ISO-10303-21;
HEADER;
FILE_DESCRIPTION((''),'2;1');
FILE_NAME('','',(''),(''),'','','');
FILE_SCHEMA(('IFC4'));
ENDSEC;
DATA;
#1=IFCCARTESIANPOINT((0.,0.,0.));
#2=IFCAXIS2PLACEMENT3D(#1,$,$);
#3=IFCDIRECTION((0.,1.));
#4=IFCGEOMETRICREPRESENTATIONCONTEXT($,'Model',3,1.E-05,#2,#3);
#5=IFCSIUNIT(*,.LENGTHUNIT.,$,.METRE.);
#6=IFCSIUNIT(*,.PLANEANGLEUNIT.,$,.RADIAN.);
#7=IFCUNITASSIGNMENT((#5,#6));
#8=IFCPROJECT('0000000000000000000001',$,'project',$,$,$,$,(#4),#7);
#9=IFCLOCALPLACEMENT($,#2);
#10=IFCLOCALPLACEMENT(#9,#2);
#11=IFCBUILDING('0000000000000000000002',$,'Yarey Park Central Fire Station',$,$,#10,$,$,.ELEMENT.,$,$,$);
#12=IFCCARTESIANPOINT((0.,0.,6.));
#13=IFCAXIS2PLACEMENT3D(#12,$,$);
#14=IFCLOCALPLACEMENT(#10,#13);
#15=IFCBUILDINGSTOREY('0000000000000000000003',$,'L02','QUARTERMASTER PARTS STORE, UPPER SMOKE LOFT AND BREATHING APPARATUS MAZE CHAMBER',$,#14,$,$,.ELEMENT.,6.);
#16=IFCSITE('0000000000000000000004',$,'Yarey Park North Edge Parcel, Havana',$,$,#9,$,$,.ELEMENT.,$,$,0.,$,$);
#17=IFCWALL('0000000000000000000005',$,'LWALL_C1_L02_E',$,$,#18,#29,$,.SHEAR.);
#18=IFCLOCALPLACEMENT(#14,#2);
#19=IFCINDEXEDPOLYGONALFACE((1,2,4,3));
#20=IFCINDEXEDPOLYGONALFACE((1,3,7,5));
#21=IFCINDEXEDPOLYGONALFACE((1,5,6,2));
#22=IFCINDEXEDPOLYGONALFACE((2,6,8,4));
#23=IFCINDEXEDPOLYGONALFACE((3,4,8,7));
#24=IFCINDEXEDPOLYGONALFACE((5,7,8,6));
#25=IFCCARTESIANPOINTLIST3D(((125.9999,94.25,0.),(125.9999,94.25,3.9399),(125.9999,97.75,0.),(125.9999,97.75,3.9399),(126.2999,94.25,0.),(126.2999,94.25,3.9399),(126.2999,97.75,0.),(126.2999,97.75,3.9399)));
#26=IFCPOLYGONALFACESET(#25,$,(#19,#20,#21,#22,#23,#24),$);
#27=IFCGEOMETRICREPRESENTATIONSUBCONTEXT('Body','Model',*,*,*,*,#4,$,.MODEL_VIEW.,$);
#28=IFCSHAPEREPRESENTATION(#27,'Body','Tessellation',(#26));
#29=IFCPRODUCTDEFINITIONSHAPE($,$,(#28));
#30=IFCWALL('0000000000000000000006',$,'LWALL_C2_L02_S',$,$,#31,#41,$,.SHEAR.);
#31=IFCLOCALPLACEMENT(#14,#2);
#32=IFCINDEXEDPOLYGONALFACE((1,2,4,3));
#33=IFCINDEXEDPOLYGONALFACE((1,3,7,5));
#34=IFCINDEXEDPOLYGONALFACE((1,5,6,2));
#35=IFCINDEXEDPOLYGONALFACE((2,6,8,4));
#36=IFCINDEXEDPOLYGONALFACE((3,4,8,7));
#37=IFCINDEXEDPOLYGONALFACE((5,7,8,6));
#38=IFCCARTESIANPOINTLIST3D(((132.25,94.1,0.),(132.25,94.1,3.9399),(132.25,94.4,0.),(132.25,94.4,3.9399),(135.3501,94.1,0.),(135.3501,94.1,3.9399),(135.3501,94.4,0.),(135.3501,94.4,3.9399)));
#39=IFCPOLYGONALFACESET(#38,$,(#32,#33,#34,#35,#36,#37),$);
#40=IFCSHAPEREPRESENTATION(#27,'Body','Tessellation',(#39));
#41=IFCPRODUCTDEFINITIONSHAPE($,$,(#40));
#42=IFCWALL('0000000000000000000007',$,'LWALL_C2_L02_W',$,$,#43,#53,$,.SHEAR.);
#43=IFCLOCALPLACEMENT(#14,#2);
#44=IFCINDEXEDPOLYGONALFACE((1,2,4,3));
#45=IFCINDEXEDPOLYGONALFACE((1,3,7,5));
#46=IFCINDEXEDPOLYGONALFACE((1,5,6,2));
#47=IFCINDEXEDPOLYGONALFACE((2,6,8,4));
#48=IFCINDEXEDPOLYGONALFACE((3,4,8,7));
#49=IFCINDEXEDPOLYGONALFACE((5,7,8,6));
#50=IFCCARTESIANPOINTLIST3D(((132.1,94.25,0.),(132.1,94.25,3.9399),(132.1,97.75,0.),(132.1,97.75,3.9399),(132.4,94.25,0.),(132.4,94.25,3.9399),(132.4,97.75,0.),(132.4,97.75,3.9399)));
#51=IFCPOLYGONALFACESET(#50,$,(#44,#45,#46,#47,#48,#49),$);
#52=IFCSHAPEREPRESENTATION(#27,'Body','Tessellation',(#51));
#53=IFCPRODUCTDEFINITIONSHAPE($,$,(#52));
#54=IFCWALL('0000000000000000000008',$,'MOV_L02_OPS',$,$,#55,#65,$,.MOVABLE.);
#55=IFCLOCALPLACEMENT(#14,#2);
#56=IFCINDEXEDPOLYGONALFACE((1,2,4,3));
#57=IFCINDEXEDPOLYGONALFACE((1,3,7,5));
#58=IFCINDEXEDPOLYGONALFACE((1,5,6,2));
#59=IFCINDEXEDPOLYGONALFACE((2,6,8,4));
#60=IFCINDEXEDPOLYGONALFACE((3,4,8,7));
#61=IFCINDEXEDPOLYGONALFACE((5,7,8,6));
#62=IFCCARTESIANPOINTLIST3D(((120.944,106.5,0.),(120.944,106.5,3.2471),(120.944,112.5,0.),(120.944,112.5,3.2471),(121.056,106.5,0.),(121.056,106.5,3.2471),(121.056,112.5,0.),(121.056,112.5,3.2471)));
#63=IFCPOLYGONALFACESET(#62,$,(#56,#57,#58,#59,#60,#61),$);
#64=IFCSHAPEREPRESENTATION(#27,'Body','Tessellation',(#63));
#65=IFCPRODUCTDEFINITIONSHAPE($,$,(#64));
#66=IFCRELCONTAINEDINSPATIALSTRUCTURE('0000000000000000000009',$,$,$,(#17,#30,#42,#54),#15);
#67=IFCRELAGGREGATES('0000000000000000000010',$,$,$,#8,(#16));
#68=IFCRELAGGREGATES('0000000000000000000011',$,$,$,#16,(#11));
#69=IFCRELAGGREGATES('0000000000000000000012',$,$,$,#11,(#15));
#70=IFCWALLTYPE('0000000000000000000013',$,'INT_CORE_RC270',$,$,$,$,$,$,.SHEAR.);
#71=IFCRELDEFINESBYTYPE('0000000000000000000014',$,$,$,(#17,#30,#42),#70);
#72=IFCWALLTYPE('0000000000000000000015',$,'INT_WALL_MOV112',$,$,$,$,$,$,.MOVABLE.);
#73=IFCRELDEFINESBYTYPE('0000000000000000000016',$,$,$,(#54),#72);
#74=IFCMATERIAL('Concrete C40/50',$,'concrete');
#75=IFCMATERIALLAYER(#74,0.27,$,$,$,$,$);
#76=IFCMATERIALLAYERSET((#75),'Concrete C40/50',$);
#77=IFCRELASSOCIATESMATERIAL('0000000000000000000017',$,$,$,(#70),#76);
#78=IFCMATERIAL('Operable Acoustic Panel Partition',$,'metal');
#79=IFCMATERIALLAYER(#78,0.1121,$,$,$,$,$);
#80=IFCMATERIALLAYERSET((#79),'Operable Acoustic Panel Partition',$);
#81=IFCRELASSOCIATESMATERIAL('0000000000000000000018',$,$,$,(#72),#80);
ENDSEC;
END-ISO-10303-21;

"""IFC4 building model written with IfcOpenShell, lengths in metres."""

from ifc_helpers import new_model, si_unit, direction, frame, frame_2d, origin, place, context, subcontext, project, spatial, rectangle, extrude, material, layer, layer_set, type_object, element, save


model = new_model("IFC4")

# Units and contexts
model_context = context("Model", 3, precision=1e-05, world=origin(), true_north=direction((0.0, 1.0)))
body_context = subcontext(model_context, "Body", "Model", "MODEL_VIEW")
ifc_project = project(units=[si_unit("LENGTHUNIT", "METRE"), si_unit("PLANEANGLEUNIT", "RADIAN")], contexts=[model_context])

# Site, building, storey
site_placement = place(None, origin())
site = spatial("IfcSite", under=ifc_project, at=site_placement, Name="Yarey Park North Edge Parcel, Havana", CompositionType="ELEMENT", RefElevation=0.0)
building_placement = place(site_placement, origin())
building = spatial("IfcBuilding", under=site, at=building_placement, Name="Yarey Park Central Fire Station", CompositionType="ELEMENT")
storey_placement = place(building_placement, frame((0.0, 0.0, 6.0)))
storey = spatial("IfcBuildingStorey", under=building, at=storey_placement, Name="L02", Description="QUARTERMASTER PARTS STORE, UPPER SMOKE LOFT AND BREATHING APPARATUS MAZE CHAMBER", CompositionType="ELEMENT", Elevation=6.0)

# Shared definitions
ifc_material_1 = material(Name="Concrete C40/50", Category="concrete")

# Shared definitions
ifc_layer_1 = layer(ifc_material_1, 0.27)
ifc_layer_set_1 = layer_set([ifc_layer_1], Name="Concrete C40/50")
wall_type_1 = type_object("IfcWallType", Name="INT_CORE_RC270", PredefinedType="SHEAR", material=ifc_layer_set_1)

# Walls
for number, where, z_axis, x_axis, name in (
    (1, (126.1499, 94.25, 0.0), (0.0, 0.0, 1.0), (0.0, 1.0, 0.0), "LWALL_C1_L02_E"),
):
    element("IfcWall", number, at=place(storey_placement, frame(where, z_axis=z_axis, x_axis=x_axis)), inside=storey, type_object=wall_type_1, Name=name, PredefinedType="SHEAR", context=body_context, shape_type="SweptSolid", body=[
        extrude(rectangle(XDim=3.5, YDim=0.3, at=frame_2d((1.75, 0.0))), origin(), (0.0, 0.0, 1.0), 3.9399),
    ])
wall_1_placement = place(storey_placement, frame((132.25, 94.25, 0.0), z_axis=(0.0, 0.0, 1.0), x_axis=(1.0, 0.0, 0.0)))
element("IfcWall", 2, at=wall_1_placement, inside=storey, type_object=wall_type_1, Name="LWALL_C2_L02_S", PredefinedType="SHEAR", context=body_context, shape_type="SweptSolid", body=[
    extrude(rectangle(XDim=3.1001, YDim=0.3, at=frame_2d((1.55, 0.0))), origin(), (0.0, 0.0, 1.0), 3.9399),
])
wall_2_placement = place(storey_placement, frame((132.25, 97.75, 0.0), z_axis=(0.0, 0.0, 1.0), x_axis=(0.0, -1.0, 0.0)))
element("IfcWall", 3, at=wall_2_placement, inside=storey, type_object=wall_type_1, Name="LWALL_C2_L02_W", PredefinedType="SHEAR", context=body_context, shape_type="SweptSolid", body=[
    extrude(rectangle(XDim=3.5, YDim=0.3, at=frame_2d((1.75, 0.0))), origin(), (0.0, 0.0, 1.0), 3.9399),
])
ifc_material_2 = material(Name="Operable Acoustic Panel Partition", Category="metal")
ifc_layer_2 = layer(ifc_material_2, 0.1121)
ifc_layer_set_2 = layer_set([ifc_layer_2], Name="Operable Acoustic Panel Partition")
wall_type_2 = type_object("IfcWallType", Name="INT_WALL_MOV112", PredefinedType="MOVABLE", material=ifc_layer_set_2)
wall_3_placement = place(storey_placement, frame((121.0, 106.5, 0.0), z_axis=(0.0, 0.0, 1.0), x_axis=(0.0, 1.0, 0.0)))
element("IfcWall", 4, at=wall_3_placement, inside=storey, type_object=wall_type_2, Name="MOV_L02_OPS", PredefinedType="MOVABLE", context=body_context, shape_type="SweptSolid", body=[
    extrude(rectangle(XDim=6.0, YDim=0.1121, at=frame_2d((3.0, 0.0))), origin(), (0.0, 0.0, 1.0), 3.2471),
])

save(model, "model.ifc")
